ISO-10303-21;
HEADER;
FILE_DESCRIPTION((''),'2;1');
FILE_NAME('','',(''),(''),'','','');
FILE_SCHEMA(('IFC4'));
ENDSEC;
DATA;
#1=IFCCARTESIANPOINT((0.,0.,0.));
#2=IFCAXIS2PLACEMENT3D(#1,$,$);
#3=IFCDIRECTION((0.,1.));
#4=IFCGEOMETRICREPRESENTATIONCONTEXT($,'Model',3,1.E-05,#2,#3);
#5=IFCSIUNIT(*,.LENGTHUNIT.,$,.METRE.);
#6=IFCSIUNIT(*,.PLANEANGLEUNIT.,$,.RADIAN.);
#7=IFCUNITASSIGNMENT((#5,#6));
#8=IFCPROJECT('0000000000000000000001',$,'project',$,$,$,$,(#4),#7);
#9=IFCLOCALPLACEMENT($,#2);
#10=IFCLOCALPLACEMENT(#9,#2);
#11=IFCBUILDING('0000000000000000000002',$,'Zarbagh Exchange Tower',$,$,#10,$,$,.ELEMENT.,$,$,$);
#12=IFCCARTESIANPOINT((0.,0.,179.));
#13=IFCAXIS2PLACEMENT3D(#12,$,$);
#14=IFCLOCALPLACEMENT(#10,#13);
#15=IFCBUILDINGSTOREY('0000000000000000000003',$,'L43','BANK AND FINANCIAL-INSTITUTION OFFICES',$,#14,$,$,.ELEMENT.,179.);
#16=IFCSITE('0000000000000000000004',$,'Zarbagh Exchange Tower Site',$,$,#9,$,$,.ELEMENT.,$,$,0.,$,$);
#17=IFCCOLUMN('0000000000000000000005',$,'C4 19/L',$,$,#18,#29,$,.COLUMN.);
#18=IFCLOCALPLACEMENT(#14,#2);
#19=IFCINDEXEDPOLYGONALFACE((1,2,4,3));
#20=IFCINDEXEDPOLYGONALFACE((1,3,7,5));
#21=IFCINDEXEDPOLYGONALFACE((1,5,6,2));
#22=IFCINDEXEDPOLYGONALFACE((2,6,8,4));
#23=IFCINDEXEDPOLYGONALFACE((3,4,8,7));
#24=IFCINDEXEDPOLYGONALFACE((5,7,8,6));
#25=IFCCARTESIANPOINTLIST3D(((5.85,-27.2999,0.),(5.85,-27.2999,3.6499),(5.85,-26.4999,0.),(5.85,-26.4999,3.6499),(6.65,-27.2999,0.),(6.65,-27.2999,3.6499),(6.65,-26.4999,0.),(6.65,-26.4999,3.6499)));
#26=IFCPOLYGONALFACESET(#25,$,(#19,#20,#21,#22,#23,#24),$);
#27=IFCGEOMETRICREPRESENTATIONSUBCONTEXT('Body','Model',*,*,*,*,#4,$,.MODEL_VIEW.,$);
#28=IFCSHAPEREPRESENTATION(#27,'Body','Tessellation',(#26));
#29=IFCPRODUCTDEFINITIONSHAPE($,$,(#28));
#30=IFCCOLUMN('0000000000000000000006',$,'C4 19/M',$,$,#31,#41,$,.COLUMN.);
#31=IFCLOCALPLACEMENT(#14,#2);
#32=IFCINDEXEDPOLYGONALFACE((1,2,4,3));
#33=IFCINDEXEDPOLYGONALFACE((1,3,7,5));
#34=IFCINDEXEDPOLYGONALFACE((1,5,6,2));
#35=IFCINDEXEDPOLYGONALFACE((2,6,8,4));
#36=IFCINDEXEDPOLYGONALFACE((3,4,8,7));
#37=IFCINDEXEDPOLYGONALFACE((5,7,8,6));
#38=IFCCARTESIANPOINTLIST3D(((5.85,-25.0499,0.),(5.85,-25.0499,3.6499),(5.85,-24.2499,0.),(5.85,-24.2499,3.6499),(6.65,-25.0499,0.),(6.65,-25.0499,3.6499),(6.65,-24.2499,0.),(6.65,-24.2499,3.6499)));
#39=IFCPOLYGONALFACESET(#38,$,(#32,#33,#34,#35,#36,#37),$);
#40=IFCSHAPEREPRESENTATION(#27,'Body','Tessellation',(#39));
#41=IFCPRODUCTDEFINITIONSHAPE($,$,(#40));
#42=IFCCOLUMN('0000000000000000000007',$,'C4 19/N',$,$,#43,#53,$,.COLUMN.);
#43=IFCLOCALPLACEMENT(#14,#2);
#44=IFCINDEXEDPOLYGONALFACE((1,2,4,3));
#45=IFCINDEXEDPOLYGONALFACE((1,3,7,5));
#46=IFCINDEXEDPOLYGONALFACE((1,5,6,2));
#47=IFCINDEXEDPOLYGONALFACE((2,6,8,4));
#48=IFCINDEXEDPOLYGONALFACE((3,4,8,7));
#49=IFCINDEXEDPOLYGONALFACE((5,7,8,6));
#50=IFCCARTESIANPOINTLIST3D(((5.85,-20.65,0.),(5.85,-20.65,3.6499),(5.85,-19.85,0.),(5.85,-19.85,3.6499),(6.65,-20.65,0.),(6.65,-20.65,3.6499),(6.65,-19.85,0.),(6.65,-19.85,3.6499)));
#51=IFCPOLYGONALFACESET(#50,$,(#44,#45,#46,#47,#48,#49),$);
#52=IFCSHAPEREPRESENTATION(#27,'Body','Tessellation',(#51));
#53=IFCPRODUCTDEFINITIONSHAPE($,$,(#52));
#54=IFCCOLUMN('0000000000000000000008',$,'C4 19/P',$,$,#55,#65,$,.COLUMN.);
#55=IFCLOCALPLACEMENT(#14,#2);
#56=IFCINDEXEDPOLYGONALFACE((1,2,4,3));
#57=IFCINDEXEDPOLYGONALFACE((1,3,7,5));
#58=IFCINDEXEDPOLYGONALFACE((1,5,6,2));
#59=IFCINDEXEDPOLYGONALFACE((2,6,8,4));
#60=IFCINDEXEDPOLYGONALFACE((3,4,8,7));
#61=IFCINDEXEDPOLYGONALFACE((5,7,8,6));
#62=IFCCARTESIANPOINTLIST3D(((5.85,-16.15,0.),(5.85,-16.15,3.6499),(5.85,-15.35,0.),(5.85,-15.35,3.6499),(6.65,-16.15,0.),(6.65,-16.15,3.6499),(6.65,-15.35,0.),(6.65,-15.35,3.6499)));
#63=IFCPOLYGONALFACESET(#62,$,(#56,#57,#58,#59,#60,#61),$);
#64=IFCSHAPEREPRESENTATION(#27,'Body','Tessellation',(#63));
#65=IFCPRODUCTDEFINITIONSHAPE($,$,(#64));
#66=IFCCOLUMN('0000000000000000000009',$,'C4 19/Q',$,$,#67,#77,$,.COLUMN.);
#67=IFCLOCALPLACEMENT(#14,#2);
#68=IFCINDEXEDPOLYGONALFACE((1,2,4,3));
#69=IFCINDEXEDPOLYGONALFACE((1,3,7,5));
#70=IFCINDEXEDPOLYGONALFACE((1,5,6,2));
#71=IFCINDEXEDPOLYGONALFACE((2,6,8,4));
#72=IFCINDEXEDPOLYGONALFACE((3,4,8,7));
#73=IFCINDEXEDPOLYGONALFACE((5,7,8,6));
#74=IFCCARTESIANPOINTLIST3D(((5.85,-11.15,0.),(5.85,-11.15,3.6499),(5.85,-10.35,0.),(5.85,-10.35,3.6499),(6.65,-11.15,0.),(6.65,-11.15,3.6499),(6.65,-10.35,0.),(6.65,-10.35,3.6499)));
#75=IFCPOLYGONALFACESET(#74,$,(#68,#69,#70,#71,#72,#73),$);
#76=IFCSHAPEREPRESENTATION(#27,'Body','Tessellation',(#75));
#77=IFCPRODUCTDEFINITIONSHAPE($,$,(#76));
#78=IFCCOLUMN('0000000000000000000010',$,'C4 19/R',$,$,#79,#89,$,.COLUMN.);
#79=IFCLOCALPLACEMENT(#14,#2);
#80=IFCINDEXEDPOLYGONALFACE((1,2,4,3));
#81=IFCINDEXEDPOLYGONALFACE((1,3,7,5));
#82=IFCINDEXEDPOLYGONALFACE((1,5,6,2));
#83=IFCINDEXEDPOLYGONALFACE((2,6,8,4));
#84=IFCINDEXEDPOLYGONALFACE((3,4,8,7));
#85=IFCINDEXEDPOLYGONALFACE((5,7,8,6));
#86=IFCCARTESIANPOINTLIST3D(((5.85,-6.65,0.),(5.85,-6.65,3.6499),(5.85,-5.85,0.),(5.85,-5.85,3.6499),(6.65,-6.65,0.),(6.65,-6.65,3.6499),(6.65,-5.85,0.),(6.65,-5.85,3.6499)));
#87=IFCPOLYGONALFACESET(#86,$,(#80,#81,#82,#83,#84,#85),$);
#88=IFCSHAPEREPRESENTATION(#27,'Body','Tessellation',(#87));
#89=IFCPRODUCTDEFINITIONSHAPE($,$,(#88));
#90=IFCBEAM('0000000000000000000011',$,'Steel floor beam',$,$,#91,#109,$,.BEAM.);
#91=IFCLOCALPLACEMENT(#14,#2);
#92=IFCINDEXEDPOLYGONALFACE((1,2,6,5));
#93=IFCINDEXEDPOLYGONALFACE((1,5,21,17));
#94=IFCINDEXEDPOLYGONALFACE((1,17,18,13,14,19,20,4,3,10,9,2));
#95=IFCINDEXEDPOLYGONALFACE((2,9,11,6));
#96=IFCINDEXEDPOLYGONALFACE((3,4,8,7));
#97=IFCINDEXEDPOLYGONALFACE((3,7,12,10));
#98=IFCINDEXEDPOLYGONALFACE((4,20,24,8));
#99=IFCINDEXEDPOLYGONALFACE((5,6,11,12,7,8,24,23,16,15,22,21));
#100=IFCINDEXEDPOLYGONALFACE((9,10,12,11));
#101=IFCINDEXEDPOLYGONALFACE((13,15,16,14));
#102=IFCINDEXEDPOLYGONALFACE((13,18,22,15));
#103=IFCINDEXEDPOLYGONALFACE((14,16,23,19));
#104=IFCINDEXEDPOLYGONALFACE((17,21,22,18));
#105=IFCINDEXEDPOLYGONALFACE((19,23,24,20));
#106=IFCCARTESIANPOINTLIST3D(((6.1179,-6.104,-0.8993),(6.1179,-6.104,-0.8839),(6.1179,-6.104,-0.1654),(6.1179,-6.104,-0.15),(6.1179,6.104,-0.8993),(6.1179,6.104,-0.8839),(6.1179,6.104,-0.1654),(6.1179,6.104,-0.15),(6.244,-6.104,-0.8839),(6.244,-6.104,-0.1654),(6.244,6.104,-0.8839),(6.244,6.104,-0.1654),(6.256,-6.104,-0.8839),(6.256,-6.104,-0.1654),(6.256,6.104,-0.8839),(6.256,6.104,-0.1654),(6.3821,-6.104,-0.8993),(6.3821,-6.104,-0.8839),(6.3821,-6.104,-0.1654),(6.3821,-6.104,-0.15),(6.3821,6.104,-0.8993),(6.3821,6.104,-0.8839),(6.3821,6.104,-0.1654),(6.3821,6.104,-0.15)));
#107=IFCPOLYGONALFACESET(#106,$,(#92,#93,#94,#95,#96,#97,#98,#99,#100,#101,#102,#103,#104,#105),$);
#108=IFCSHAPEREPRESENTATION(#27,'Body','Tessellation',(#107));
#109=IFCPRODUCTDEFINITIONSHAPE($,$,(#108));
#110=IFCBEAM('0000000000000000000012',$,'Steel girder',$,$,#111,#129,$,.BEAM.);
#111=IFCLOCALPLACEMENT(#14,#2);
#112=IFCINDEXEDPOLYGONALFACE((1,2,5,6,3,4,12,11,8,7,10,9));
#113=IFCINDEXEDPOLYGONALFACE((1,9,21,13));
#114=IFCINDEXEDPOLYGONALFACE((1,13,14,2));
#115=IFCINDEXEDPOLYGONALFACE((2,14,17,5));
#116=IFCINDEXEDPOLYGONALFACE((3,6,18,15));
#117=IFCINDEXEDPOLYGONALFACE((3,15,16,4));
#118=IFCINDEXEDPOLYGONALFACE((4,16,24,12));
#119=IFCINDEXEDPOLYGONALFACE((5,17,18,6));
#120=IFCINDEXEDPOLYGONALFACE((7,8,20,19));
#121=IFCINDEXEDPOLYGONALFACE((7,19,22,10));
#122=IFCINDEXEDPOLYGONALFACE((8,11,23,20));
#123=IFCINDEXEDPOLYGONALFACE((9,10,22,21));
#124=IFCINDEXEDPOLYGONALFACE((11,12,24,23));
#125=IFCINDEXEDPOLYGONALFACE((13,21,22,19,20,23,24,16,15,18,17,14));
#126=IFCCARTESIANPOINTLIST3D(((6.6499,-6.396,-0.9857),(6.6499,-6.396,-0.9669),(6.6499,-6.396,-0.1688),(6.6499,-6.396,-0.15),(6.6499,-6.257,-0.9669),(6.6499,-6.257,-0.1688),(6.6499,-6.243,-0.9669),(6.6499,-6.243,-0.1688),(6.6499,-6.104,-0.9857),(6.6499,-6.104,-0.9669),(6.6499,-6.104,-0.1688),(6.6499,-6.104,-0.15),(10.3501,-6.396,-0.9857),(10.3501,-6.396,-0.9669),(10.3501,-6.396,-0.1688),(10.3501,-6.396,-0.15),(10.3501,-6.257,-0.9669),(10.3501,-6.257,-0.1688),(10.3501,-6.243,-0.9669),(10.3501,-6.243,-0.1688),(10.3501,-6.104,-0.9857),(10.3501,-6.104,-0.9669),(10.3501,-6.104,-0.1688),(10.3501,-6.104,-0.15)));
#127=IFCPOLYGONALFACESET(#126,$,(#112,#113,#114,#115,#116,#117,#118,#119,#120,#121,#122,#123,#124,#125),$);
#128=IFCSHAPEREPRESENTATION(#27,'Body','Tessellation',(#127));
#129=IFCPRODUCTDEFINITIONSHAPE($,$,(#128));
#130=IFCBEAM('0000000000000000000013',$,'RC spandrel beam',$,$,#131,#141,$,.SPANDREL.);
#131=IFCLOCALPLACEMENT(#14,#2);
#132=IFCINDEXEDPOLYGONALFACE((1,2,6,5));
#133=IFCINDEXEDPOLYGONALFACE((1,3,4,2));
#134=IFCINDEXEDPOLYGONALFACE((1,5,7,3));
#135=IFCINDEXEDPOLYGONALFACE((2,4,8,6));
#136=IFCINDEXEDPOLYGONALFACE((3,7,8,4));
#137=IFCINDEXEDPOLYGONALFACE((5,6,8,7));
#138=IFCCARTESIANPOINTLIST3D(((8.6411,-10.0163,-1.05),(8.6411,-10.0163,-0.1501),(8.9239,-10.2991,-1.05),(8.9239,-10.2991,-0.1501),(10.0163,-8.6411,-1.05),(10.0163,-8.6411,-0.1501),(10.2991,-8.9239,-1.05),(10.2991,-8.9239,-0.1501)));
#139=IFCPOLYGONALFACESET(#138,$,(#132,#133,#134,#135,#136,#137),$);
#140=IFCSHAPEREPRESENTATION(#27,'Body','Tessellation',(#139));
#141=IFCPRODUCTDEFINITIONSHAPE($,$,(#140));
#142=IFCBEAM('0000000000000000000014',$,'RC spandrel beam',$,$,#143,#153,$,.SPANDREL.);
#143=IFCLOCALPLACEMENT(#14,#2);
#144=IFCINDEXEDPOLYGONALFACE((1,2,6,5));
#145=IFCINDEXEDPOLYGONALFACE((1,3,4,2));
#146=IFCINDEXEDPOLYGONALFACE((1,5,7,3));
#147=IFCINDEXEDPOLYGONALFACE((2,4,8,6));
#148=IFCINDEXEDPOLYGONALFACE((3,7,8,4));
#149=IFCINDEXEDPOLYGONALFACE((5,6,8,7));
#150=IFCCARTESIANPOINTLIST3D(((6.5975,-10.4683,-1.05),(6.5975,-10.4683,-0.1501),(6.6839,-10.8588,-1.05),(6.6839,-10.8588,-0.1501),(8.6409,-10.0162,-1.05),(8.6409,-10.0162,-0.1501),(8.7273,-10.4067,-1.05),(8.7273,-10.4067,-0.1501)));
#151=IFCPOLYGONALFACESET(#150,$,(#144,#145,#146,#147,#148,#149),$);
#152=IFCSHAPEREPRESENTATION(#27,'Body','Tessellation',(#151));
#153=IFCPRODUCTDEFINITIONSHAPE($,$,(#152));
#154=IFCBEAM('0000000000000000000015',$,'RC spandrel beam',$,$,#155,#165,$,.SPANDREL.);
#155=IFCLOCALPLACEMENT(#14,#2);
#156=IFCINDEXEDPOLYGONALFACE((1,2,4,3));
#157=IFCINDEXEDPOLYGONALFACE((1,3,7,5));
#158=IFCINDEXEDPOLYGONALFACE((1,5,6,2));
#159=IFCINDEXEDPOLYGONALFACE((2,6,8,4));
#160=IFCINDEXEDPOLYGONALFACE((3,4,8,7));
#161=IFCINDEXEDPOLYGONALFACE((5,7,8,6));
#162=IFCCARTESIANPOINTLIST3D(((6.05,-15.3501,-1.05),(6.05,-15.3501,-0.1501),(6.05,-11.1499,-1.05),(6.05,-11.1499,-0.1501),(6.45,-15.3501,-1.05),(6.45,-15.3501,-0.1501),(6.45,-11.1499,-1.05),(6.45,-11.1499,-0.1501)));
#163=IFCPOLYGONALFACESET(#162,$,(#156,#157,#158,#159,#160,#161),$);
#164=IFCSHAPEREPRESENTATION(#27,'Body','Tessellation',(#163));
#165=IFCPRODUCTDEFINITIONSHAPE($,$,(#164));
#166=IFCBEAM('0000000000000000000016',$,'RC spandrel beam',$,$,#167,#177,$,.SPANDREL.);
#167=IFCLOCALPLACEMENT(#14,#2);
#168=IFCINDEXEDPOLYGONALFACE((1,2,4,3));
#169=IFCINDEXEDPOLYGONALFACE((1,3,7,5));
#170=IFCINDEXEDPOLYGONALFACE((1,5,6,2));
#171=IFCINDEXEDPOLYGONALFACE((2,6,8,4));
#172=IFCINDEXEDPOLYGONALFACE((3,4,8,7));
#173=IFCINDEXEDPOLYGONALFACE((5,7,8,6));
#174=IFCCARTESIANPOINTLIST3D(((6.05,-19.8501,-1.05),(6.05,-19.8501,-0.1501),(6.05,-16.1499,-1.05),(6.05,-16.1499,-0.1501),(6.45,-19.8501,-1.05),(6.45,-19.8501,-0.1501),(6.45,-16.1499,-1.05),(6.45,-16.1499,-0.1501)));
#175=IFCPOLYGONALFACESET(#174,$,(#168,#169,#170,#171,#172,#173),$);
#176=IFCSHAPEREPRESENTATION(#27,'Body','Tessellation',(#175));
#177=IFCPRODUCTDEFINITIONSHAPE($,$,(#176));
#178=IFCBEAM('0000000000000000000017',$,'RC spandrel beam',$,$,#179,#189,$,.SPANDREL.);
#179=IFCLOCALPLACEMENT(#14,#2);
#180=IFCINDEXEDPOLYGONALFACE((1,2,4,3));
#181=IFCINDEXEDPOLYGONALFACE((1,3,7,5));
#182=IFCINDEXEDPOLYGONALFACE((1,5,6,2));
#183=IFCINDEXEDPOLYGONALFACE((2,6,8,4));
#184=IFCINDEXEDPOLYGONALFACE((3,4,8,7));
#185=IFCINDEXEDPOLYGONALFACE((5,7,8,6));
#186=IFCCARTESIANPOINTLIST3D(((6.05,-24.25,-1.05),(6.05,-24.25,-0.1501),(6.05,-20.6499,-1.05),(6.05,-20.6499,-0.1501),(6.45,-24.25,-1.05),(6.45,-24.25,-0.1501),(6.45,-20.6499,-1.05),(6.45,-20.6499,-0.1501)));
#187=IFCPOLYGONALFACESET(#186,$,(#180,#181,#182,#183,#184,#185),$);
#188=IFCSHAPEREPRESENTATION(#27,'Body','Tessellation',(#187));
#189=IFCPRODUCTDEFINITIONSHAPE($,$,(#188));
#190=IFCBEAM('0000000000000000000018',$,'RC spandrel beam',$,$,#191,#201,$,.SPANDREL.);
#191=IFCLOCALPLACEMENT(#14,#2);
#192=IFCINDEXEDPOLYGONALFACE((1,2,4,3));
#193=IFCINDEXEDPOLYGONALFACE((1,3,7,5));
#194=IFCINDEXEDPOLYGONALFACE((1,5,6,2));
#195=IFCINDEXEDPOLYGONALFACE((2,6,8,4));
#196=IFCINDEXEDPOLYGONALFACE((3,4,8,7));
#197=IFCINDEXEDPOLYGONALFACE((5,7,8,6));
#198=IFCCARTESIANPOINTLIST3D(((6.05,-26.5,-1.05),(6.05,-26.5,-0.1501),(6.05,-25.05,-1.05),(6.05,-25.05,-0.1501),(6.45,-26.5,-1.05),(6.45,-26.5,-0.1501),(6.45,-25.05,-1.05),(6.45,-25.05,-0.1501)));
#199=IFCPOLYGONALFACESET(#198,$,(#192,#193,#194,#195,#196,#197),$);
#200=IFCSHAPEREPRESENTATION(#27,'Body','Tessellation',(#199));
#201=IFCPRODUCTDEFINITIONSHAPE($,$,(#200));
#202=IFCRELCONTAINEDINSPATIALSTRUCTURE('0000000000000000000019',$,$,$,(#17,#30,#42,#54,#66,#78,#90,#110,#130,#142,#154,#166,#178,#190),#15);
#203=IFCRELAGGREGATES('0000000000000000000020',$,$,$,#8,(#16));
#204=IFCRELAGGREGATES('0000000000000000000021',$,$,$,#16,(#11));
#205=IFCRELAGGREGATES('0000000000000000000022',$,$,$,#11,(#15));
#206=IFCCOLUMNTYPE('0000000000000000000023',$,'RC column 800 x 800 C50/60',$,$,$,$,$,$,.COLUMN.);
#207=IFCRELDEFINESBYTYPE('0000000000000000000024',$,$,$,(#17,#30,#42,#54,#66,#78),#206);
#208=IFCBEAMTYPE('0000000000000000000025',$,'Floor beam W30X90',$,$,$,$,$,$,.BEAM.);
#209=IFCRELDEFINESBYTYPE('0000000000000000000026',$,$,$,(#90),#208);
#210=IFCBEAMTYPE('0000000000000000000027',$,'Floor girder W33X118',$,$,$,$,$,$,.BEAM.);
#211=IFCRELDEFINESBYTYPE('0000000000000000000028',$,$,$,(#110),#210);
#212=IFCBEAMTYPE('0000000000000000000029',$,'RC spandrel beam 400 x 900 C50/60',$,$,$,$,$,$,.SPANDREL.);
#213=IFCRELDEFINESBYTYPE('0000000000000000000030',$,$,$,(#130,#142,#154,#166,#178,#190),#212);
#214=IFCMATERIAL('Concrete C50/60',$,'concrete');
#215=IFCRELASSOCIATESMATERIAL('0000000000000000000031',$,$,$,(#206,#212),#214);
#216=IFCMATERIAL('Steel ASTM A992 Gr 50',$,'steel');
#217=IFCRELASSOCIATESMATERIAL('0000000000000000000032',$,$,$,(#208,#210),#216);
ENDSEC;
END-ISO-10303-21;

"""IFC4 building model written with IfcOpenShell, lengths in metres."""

from ifc_helpers import new_model, si_unit, direction, frame, origin, origin_2d, place, context, subcontext, project, spatial, rectangle, i_section, extrude, material, material_profile, profile_set, type_object, element, save


model = new_model("IFC4")

# Units and contexts
model_context = context("Model", 3, precision=1e-05, world=origin(), true_north=direction((0.0, 1.0)))
body_context = subcontext(model_context, "Body", "Model", "MODEL_VIEW")
ifc_project = project(units=[si_unit("LENGTHUNIT", "METRE"), si_unit("PLANEANGLEUNIT", "RADIAN")], contexts=[model_context])

# Site, building, storey
site_placement = place(None, origin())
site = spatial("IfcSite", under=ifc_project, at=site_placement, Name="Zarbagh Exchange Tower Site", CompositionType="ELEMENT", RefElevation=0.0)
building_placement = place(site_placement, origin())
building = spatial("IfcBuilding", under=site, at=building_placement, Name="Zarbagh Exchange Tower", CompositionType="ELEMENT")
storey_placement = place(building_placement, frame((0.0, 0.0, 179.0)))
storey = spatial("IfcBuildingStorey", under=building, at=storey_placement, Name="L43", Description="BANK AND FINANCIAL-INSTITUTION OFFICES", CompositionType="ELEMENT", Elevation=179.0)

# Columns
ifc_material_1 = material(Name="Concrete C50/60", Category="concrete")
ifc_material_profile_1 = material_profile(ifc_material_1, rectangle(XDim=0.8, YDim=0.8, at=origin_2d()), Name="RC column 800 x 800 C50/60")
ifc_profile_set_1 = profile_set([ifc_material_profile_1], Name="Concrete C50/60")
column_type = type_object("IfcColumnType", Name="RC column 800 x 800 C50/60", PredefinedType="COLUMN", material=ifc_profile_set_1)
for number, where, z_axis, x_axis, name in (
    (1, (6.25, -26.8999, 0.0), (0.0, 0.0, 1.0), (1.0, 0.0, 0.0), "C4 19/L"),
    (2, (6.25, -24.6499, 0.0), (0.0, 0.0, 1.0), (1.0, 0.0, 0.0), "C4 19/M"),
    (3, (6.25, -20.25, 0.0), (0.0, 0.0, 1.0), (1.0, 0.0, 0.0), "C4 19/N"),
    (4, (6.25, -15.75, 0.0), (0.0, 0.0, 1.0), (1.0, 0.0, 0.0), "C4 19/P"),
    (5, (6.25, -10.75, 0.0), (0.0, 0.0, 1.0), (1.0, 0.0, 0.0), "C4 19/Q"),
    (6, (6.25, -6.25, 0.0), (0.0, 0.0, 1.0), (1.0, 0.0, 0.0), "C4 19/R"),
):
    element("IfcColumn", number, at=place(storey_placement, frame(where, z_axis=z_axis, x_axis=x_axis)), inside=storey, type_object=column_type, Name=name, PredefinedType="COLUMN", context=body_context, shape_type="SweptSolid", body=[
        extrude(rectangle(XDim=0.8, YDim=0.8, at=origin_2d()), origin(), (0.0, 0.0, 1.0), 3.6499),
    ])

# Beams
ifc_material_2 = material(Name="Steel ASTM A992 Gr 50", Category="steel")
ifc_material_profile_2 = material_profile(ifc_material_2, i_section(OverallWidth=0.2642, OverallDepth=0.7493, WebThickness=0.012, FlangeThickness=0.0154, at=origin_2d()), Name="W30X90")
ifc_profile_set_2 = profile_set([ifc_material_profile_2], Name="Steel ASTM A992 Gr 50")
beam_type_1 = type_object("IfcBeamType", Name="Floor beam W30X90", PredefinedType="BEAM", material=ifc_profile_set_2)
beam_1_placement = place(storey_placement, frame((6.25, -6.104, -0.5247), z_axis=(0.0, 1.0, 0.0), x_axis=(-1.0, 0.0, 0.0)))
element("IfcBeam", 7, at=beam_1_placement, inside=storey, type_object=beam_type_1, Name="Steel floor beam", PredefinedType="BEAM", context=body_context, shape_type="SweptSolid", body=[
    extrude(i_section(OverallWidth=0.2642, OverallDepth=0.7493, WebThickness=0.012, FlangeThickness=0.0154, at=origin_2d()), origin(), (0.0, 0.0, 1.0), 12.208),
])
ifc_material_profile_3 = material_profile(ifc_material_2, i_section(OverallWidth=0.292, OverallDepth=0.8357, WebThickness=0.0139, FlangeThickness=0.0188, at=origin_2d()), Name="W33X118")
ifc_profile_set_3 = profile_set([ifc_material_profile_3], Name="Steel ASTM A992 Gr 50")
beam_type_2 = type_object("IfcBeamType", Name="Floor girder W33X118", PredefinedType="BEAM", material=ifc_profile_set_3)
beam_2_placement = place(storey_placement, frame((6.6499, -6.25, -0.5679), z_axis=(1.0, 0.0, 0.0), x_axis=(0.0, 1.0, 0.0)))
element("IfcBeam", 8, at=beam_2_placement, inside=storey, type_object=beam_type_2, Name="Steel girder", PredefinedType="BEAM", context=body_context, shape_type="SweptSolid", body=[
    extrude(i_section(OverallWidth=0.292, OverallDepth=0.8357, WebThickness=0.0139, FlangeThickness=0.0188, at=origin_2d()), origin(), (0.0, 0.0, 1.0), 3.7002),
])
ifc_material_profile_4 = material_profile(ifc_material_1, rectangle(XDim=0.3999, YDim=0.8999, at=origin_2d()), Name="RC spandrel beam 400 x 900 C50/60")
ifc_profile_set_4 = profile_set([ifc_material_profile_4], Name="Concrete C50/60")
beam_type_3 = type_object("IfcBeamType", Name="RC spandrel beam 400 x 900 C50/60", PredefinedType="SPANDREL", material=ifc_profile_set_4)
beam_3_placement = place(storey_placement, frame((10.1577, -8.7825, -0.6001), z_axis=(-0.707107, -0.707107, 0.0), x_axis=(0.707107, -0.707107, 0.0)))
element("IfcBeam", 9, at=beam_3_placement, inside=storey, type_object=beam_type_3, Name="RC spandrel beam", PredefinedType="SPANDREL", context=body_context, shape_type="SweptSolid", body=[
    extrude(rectangle(XDim=0.3999, YDim=0.8999, at=origin_2d()), origin(), (0.0, 0.0, 1.0), 1.9448),
])
beam_4_placement = place(storey_placement, frame((8.6841, -10.2114, -0.6001), z_axis=(-0.976384, -0.216041, 0.0), x_axis=(0.216041, -0.976384, 0.0)))
element("IfcBeam", 10, at=beam_4_placement, inside=storey, type_object=beam_type_3, Name="RC spandrel beam", PredefinedType="SPANDREL", context=body_context, shape_type="SweptSolid", body=[
    extrude(rectangle(XDim=0.3999, YDim=0.8999, at=origin_2d()), origin(), (0.0, 0.0, 1.0), 2.0928),
])
beam_5_placement = place(storey_placement, frame((6.25, -11.1499, -0.6001), z_axis=(0.0, -1.0, 0.0), x_axis=(1.0, 0.0, 0.0)))
element("IfcBeam", 11, at=beam_5_placement, inside=storey, type_object=beam_type_3, Name="RC spandrel beam", PredefinedType="SPANDREL", context=body_context, shape_type="SweptSolid", body=[
    extrude(rectangle(XDim=0.3999, YDim=0.8999, at=origin_2d()), origin(), (0.0, 0.0, 1.0), 4.2002),
])
beam_6_placement = place(storey_placement, frame((6.25, -16.1499, -0.6001), z_axis=(0.0, -1.0, 0.0), x_axis=(1.0, 0.0, 0.0)))
element("IfcBeam", 12, at=beam_6_placement, inside=storey, type_object=beam_type_3, Name="RC spandrel beam", PredefinedType="SPANDREL", context=body_context, shape_type="SweptSolid", body=[
    extrude(rectangle(XDim=0.3999, YDim=0.8999, at=origin_2d()), origin(), (0.0, 0.0, 1.0), 3.7002),
])
beam_7_placement = place(storey_placement, frame((6.25, -20.6499, -0.6001), z_axis=(0.0, -1.0, 0.0), x_axis=(1.0, 0.0, 0.0)))
element("IfcBeam", 13, at=beam_7_placement, inside=storey, type_object=beam_type_3, Name="RC spandrel beam", PredefinedType="SPANDREL", context=body_context, shape_type="SweptSolid", body=[
    extrude(rectangle(XDim=0.3999, YDim=0.8999, at=origin_2d()), origin(), (0.0, 0.0, 1.0), 3.6001),
])
beam_8_placement = place(storey_placement, frame((6.25, -25.05, -0.6001), z_axis=(0.0, -1.0, 0.0), x_axis=(1.0, 0.0, 0.0)))
element("IfcBeam", 14, at=beam_8_placement, inside=storey, type_object=beam_type_3, Name="RC spandrel beam", PredefinedType="SPANDREL", context=body_context, shape_type="SweptSolid", body=[
    extrude(rectangle(XDim=0.3999, YDim=0.8999, at=origin_2d()), origin(), (0.0, 0.0, 1.0), 1.45),
])

save(model, "model.ifc")
